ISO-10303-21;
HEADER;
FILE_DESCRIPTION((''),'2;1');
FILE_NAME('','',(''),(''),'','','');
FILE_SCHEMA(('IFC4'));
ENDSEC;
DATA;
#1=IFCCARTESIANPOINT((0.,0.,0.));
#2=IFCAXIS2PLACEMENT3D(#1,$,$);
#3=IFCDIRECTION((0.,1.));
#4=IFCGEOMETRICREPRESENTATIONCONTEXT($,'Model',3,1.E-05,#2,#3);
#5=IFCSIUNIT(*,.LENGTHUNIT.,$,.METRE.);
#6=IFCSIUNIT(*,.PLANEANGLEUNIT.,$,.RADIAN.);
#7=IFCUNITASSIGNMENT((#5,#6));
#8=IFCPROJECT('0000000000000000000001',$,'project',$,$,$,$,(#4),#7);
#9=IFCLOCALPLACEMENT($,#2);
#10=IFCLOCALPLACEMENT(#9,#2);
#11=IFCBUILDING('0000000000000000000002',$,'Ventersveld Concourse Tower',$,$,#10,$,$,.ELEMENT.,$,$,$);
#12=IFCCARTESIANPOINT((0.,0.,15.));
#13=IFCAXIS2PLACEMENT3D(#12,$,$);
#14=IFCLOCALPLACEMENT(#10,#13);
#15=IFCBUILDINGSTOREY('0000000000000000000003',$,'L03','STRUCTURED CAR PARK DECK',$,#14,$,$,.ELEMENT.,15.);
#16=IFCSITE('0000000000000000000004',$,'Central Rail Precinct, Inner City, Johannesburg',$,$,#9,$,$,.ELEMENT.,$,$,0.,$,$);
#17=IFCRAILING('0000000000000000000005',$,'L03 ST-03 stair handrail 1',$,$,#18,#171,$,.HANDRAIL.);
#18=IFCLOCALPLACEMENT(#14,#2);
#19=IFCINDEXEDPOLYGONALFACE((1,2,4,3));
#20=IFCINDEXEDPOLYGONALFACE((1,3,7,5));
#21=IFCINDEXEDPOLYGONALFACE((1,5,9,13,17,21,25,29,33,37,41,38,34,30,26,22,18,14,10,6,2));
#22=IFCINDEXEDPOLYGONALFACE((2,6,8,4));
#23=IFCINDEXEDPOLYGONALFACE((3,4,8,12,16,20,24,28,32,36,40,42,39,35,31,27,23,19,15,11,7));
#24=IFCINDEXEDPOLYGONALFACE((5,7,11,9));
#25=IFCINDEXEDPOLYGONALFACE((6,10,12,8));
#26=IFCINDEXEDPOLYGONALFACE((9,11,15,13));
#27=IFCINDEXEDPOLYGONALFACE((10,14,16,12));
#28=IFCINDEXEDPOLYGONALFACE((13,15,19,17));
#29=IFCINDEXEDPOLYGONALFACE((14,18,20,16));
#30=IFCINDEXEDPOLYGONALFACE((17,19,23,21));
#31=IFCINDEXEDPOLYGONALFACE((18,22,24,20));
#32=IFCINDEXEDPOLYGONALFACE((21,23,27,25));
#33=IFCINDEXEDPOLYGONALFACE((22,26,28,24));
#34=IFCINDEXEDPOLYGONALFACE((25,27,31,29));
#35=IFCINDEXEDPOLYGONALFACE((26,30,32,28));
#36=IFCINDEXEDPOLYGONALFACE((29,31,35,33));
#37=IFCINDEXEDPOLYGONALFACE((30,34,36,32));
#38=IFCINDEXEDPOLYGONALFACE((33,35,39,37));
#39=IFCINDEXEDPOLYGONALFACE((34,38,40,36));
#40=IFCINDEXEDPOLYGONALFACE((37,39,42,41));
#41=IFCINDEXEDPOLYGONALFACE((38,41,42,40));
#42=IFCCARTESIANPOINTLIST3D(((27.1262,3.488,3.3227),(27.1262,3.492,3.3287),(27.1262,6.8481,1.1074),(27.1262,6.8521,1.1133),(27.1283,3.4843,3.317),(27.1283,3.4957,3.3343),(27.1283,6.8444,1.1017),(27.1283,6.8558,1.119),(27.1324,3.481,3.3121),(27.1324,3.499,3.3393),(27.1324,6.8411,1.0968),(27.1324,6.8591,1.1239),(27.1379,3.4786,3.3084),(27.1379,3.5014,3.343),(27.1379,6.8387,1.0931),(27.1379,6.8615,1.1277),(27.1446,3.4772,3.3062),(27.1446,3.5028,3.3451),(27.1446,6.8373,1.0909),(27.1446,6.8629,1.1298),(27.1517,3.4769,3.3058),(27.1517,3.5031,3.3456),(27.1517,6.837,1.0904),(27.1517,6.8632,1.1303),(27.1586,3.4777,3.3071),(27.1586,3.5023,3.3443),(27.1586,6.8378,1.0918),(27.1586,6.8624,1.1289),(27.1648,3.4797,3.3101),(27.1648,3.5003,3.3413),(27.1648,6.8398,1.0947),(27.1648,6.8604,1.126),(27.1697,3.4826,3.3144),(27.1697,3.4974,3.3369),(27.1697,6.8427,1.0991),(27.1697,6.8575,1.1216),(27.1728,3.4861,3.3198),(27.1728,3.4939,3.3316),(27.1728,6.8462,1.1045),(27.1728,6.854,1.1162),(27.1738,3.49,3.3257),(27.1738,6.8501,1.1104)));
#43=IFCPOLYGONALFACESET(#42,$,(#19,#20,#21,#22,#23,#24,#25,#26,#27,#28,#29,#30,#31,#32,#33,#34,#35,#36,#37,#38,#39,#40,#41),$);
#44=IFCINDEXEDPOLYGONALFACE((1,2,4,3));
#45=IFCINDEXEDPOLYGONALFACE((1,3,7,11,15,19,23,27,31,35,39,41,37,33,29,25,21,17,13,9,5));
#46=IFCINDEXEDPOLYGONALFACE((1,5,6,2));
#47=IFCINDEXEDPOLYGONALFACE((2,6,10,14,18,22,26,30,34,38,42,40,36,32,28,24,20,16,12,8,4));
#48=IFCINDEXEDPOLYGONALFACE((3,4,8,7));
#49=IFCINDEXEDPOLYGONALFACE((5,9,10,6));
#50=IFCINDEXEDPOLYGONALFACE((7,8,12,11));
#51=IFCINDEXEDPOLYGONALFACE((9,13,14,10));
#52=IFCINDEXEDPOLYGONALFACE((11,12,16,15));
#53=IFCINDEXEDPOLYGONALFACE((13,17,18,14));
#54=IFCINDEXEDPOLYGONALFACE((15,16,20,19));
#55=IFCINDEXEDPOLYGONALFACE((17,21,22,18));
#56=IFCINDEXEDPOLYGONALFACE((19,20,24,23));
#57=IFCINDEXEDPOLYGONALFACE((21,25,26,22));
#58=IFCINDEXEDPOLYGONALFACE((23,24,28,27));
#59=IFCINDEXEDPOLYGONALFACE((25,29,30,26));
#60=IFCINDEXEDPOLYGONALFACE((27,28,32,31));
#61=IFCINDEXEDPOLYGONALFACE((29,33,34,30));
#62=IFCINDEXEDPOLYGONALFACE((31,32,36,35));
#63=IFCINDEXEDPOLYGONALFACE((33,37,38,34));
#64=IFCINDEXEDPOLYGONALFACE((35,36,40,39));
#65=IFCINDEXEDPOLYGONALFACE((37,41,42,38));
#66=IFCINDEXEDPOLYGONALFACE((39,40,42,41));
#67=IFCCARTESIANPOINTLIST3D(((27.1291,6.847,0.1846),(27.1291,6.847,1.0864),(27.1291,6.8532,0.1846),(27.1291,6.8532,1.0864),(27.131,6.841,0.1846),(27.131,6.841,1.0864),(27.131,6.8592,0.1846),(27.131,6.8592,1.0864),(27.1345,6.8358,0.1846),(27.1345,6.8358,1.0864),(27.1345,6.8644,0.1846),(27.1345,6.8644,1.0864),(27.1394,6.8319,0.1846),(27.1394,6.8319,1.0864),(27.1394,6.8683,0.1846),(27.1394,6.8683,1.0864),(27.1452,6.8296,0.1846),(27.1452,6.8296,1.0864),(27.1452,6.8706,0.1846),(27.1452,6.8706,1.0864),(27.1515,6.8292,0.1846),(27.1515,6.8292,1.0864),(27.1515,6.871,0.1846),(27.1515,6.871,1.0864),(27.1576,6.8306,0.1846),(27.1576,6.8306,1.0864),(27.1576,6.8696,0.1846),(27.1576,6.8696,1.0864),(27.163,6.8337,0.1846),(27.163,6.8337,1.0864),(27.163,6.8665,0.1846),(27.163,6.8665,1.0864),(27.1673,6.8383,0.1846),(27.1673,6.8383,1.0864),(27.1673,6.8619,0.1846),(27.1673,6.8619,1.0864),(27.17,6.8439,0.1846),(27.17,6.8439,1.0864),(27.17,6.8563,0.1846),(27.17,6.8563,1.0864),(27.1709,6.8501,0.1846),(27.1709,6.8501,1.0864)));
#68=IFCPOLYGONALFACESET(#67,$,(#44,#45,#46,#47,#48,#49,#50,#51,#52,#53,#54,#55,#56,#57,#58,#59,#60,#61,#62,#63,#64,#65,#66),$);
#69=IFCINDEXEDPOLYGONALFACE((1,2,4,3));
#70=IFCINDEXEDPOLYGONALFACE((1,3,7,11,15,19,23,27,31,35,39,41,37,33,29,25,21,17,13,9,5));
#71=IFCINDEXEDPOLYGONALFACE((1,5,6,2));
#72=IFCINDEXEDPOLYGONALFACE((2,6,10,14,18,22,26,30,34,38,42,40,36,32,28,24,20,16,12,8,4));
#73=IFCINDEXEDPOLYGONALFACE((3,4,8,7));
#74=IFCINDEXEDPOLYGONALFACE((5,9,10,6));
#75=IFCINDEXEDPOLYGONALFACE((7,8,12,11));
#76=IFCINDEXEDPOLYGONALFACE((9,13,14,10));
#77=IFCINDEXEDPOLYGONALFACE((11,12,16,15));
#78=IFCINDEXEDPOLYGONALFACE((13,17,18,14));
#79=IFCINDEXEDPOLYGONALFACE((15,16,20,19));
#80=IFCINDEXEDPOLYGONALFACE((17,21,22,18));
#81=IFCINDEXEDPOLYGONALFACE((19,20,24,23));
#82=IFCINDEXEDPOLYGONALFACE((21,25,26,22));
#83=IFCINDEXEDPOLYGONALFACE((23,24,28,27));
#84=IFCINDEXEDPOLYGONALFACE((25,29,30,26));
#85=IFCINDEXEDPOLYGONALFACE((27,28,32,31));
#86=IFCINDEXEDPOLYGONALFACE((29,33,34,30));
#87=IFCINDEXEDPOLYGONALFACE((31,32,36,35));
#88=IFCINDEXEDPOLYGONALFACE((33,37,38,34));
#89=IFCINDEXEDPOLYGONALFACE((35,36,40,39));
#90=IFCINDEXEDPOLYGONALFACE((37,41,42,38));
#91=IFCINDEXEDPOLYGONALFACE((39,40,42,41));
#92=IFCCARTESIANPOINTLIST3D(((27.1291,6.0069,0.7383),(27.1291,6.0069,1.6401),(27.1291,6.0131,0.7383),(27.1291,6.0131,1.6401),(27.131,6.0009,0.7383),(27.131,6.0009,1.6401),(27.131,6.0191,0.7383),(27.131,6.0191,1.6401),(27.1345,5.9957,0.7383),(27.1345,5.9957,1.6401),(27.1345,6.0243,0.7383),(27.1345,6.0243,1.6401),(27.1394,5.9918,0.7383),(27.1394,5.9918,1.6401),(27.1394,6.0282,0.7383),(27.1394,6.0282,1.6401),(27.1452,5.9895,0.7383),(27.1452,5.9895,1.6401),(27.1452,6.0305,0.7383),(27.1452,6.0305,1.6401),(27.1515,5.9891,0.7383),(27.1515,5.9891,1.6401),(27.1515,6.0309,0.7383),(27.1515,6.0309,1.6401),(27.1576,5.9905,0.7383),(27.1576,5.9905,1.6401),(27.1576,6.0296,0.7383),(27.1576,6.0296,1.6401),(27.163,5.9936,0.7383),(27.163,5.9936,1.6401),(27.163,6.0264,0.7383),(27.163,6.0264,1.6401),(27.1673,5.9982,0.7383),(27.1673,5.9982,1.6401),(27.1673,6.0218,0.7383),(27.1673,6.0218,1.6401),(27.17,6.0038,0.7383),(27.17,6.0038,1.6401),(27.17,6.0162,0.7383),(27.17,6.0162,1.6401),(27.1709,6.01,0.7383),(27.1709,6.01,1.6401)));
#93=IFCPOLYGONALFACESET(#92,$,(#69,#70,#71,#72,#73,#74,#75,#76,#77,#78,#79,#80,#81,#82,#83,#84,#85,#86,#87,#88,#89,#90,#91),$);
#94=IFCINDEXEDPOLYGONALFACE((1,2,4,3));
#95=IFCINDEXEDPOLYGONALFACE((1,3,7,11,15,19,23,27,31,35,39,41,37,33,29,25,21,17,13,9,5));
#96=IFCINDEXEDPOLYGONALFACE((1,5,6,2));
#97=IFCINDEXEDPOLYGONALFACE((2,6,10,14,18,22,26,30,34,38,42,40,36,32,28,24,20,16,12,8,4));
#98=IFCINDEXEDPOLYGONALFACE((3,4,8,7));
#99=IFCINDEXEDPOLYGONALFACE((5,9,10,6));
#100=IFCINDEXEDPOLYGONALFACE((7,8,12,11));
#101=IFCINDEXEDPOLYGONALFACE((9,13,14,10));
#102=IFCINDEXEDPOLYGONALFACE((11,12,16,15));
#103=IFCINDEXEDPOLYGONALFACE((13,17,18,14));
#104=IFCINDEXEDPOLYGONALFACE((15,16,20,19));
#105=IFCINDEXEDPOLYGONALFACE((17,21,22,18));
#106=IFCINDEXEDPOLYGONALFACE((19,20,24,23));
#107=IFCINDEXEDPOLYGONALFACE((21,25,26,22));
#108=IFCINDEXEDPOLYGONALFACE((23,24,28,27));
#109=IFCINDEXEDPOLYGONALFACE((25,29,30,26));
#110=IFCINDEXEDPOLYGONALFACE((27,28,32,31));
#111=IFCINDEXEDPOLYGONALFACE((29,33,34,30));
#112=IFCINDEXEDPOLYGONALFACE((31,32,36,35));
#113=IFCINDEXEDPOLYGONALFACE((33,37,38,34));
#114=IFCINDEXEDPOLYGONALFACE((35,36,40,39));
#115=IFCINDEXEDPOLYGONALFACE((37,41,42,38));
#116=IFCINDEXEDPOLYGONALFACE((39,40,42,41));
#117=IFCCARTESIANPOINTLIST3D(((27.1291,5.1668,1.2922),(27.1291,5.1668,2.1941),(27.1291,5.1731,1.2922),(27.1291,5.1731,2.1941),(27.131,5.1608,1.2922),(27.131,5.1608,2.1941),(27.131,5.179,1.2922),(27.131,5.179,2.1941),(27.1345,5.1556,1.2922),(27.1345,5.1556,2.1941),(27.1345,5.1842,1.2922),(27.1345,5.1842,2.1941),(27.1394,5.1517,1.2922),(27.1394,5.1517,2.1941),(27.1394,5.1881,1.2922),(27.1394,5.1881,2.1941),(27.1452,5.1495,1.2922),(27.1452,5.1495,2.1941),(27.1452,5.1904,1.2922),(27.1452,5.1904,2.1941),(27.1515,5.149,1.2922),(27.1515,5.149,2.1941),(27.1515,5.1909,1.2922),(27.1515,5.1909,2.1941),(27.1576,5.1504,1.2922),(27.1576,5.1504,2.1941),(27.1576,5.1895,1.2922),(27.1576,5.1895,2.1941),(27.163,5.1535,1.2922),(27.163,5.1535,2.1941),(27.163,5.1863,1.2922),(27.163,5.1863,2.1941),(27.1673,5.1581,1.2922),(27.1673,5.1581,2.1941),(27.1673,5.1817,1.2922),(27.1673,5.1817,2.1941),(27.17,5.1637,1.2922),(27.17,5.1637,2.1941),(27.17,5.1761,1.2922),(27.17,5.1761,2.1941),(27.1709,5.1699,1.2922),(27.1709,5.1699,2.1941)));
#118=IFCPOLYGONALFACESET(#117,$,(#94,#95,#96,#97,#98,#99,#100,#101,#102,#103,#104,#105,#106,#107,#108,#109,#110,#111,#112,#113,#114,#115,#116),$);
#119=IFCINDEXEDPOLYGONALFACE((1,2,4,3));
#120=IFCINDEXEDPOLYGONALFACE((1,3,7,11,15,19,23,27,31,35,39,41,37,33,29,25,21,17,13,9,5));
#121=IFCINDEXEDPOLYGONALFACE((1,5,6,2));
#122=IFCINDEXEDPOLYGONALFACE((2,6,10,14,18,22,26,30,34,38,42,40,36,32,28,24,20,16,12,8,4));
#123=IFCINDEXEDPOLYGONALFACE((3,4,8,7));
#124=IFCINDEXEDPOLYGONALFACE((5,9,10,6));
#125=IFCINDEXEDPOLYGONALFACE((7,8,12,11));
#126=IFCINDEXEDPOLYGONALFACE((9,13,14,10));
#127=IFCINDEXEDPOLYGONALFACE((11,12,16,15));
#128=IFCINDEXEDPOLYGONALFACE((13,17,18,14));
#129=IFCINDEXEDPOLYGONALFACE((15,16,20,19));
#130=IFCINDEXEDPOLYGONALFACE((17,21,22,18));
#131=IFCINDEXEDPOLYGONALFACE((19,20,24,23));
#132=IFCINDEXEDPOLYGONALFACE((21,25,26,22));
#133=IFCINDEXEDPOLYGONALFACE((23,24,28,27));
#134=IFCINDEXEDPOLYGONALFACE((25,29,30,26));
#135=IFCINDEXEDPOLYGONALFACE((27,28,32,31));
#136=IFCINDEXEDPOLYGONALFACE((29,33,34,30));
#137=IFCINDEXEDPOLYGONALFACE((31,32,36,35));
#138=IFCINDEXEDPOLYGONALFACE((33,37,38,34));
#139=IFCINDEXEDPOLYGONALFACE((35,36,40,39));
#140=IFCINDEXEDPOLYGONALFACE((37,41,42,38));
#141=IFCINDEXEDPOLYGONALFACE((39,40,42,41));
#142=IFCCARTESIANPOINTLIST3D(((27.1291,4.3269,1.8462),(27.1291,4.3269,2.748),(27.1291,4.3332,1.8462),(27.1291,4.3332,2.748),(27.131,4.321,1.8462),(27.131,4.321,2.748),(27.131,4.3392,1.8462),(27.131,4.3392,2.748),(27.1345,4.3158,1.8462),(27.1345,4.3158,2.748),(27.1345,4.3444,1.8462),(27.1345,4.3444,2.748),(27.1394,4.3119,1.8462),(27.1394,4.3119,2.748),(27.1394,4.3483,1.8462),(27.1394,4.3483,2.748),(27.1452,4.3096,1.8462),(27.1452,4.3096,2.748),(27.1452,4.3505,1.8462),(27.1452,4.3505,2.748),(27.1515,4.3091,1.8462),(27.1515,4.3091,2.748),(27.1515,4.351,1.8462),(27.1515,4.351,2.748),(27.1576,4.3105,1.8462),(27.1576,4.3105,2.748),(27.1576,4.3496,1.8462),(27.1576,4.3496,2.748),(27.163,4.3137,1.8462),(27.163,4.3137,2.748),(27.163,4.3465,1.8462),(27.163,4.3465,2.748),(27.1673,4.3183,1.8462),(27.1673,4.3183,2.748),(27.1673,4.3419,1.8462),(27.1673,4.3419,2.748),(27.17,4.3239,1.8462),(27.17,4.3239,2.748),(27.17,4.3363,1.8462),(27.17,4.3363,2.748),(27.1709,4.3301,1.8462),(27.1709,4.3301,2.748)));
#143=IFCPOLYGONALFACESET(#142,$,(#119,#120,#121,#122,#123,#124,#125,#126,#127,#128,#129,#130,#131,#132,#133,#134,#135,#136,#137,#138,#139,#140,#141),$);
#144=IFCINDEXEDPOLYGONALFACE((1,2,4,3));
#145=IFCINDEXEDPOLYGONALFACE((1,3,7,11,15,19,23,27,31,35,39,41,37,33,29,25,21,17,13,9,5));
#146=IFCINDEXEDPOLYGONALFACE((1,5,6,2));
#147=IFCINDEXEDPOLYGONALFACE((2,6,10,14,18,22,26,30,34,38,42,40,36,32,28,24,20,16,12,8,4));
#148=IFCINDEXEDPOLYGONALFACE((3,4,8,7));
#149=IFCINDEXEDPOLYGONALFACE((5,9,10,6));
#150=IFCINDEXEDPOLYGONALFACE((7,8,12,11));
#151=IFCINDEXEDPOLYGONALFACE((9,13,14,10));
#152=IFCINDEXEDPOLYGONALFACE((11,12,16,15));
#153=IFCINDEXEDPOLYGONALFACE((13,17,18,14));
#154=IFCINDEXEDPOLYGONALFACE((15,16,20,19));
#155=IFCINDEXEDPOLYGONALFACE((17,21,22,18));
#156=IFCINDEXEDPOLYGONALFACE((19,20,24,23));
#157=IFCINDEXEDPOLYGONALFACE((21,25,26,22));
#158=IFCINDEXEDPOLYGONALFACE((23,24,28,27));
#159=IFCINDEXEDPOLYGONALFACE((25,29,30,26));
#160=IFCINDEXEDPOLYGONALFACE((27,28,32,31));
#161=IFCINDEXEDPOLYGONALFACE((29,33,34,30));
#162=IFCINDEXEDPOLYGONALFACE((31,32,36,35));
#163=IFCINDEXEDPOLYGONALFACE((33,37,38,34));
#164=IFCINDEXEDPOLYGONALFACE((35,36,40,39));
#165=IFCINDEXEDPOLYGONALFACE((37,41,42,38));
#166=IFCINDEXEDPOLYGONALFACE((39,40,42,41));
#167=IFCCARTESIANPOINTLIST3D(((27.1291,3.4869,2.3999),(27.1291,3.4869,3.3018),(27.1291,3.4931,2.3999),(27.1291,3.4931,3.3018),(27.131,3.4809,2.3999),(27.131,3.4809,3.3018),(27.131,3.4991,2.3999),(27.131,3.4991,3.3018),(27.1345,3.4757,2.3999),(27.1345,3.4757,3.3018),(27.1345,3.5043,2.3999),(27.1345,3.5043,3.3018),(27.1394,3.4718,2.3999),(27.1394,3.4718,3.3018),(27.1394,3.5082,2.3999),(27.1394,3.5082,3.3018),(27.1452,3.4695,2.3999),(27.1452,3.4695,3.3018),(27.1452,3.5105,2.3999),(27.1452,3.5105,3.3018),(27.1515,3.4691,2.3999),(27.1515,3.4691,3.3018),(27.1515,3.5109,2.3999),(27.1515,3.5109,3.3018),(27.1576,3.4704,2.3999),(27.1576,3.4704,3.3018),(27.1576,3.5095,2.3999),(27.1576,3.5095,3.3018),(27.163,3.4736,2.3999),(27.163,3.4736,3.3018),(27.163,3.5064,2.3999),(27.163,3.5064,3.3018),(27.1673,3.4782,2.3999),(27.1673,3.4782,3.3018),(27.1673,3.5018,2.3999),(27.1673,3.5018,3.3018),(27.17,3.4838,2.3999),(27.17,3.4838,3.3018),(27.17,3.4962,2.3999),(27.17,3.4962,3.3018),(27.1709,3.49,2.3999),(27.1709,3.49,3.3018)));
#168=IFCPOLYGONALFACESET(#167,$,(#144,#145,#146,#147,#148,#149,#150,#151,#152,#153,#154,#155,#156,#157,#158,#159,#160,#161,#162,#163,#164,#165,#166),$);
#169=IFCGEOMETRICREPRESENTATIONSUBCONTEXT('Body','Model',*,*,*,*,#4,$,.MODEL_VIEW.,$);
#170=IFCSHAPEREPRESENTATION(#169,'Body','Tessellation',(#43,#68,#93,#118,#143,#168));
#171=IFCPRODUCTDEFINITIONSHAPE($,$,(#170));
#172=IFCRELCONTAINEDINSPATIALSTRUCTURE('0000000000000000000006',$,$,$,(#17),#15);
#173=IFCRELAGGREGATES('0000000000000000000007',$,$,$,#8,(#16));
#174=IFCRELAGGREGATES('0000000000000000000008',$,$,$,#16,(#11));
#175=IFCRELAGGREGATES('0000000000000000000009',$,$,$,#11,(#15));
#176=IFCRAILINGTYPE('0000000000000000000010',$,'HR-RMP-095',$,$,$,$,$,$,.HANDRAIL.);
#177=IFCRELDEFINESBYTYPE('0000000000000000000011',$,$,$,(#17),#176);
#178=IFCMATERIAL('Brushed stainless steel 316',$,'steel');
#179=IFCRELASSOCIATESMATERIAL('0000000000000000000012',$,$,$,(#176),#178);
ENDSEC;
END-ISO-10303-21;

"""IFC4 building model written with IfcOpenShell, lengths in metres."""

from ifc_helpers import new_model, si_unit, direction, frame, origin, origin_2d, place, context, subcontext, project, spatial, circle, extrude, material, type_object, element, save


model = new_model("IFC4")

# Units and contexts
model_context = context("Model", 3, precision=1e-05, world=origin(), true_north=direction((0.0, 1.0)))
body_context = subcontext(model_context, "Body", "Model", "MODEL_VIEW")
ifc_project = project(units=[si_unit("LENGTHUNIT", "METRE"), si_unit("PLANEANGLEUNIT", "RADIAN")], contexts=[model_context])

# Site, building, storey
site_placement = place(None, origin())
site = spatial("IfcSite", under=ifc_project, at=site_placement, Name="Central Rail Precinct, Inner City, Johannesburg", CompositionType="ELEMENT", RefElevation=0.0)
building_placement = place(site_placement, origin())
building = spatial("IfcBuilding", under=site, at=building_placement, Name="Ventersveld Concourse Tower", CompositionType="ELEMENT")
storey_placement = place(building_placement, frame((0.0, 0.0, 15.0)))
storey = spatial("IfcBuildingStorey", under=building, at=storey_placement, Name="L03", Description="STRUCTURED CAR PARK DECK", CompositionType="ELEMENT", Elevation=15.0)

# Railing
ifc_material_1 = material(Name="Brushed stainless steel 316", Category="steel")
railing_type_1 = type_object("IfcRailingType", Name="HR-RMP-095", PredefinedType="HANDRAIL", material=ifc_material_1)
railing_1_placement = place(storey_placement, frame((27.1499, 6.8501, 0.1846)))
element("IfcRailing", 1, at=railing_1_placement, inside=storey, type_object=railing_type_1, Name="L03 ST-03 stair handrail 1", PredefinedType="HANDRAIL", context=body_context, shape_type="SweptSolid", body=[
    extrude(circle(Radius=0.0239, at=origin_2d()), frame((0.0, 0.0, 0.9258), z_axis=(0.0, -0.834876, 0.550437), x_axis=(1.0, 0.0, 0.0)), (0.0, 0.0, 1.0), 4.0247),
    extrude(circle(Radius=0.021, at=origin_2d()), origin(), (0.0, 0.0, 1.0), 0.9019),
    extrude(circle(Radius=0.021, at=origin_2d()), frame((0.0, -0.8401, 0.5537)), (0.0, 0.0, 1.0), 0.9019),
    extrude(circle(Radius=0.021, at=origin_2d()), frame((0.0, -1.6802, 1.1077)), (0.0, 0.0, 1.0), 0.9019),
    extrude(circle(Radius=0.021, at=origin_2d()), frame((0.0, -2.52, 1.6616)), (0.0, 0.0, 1.0), 0.9019),
    extrude(circle(Radius=0.021, at=origin_2d()), frame((0.0, -3.3601, 2.2153)), (0.0, 0.0, 1.0), 0.9019),
])

save(model, "model.ifc")
